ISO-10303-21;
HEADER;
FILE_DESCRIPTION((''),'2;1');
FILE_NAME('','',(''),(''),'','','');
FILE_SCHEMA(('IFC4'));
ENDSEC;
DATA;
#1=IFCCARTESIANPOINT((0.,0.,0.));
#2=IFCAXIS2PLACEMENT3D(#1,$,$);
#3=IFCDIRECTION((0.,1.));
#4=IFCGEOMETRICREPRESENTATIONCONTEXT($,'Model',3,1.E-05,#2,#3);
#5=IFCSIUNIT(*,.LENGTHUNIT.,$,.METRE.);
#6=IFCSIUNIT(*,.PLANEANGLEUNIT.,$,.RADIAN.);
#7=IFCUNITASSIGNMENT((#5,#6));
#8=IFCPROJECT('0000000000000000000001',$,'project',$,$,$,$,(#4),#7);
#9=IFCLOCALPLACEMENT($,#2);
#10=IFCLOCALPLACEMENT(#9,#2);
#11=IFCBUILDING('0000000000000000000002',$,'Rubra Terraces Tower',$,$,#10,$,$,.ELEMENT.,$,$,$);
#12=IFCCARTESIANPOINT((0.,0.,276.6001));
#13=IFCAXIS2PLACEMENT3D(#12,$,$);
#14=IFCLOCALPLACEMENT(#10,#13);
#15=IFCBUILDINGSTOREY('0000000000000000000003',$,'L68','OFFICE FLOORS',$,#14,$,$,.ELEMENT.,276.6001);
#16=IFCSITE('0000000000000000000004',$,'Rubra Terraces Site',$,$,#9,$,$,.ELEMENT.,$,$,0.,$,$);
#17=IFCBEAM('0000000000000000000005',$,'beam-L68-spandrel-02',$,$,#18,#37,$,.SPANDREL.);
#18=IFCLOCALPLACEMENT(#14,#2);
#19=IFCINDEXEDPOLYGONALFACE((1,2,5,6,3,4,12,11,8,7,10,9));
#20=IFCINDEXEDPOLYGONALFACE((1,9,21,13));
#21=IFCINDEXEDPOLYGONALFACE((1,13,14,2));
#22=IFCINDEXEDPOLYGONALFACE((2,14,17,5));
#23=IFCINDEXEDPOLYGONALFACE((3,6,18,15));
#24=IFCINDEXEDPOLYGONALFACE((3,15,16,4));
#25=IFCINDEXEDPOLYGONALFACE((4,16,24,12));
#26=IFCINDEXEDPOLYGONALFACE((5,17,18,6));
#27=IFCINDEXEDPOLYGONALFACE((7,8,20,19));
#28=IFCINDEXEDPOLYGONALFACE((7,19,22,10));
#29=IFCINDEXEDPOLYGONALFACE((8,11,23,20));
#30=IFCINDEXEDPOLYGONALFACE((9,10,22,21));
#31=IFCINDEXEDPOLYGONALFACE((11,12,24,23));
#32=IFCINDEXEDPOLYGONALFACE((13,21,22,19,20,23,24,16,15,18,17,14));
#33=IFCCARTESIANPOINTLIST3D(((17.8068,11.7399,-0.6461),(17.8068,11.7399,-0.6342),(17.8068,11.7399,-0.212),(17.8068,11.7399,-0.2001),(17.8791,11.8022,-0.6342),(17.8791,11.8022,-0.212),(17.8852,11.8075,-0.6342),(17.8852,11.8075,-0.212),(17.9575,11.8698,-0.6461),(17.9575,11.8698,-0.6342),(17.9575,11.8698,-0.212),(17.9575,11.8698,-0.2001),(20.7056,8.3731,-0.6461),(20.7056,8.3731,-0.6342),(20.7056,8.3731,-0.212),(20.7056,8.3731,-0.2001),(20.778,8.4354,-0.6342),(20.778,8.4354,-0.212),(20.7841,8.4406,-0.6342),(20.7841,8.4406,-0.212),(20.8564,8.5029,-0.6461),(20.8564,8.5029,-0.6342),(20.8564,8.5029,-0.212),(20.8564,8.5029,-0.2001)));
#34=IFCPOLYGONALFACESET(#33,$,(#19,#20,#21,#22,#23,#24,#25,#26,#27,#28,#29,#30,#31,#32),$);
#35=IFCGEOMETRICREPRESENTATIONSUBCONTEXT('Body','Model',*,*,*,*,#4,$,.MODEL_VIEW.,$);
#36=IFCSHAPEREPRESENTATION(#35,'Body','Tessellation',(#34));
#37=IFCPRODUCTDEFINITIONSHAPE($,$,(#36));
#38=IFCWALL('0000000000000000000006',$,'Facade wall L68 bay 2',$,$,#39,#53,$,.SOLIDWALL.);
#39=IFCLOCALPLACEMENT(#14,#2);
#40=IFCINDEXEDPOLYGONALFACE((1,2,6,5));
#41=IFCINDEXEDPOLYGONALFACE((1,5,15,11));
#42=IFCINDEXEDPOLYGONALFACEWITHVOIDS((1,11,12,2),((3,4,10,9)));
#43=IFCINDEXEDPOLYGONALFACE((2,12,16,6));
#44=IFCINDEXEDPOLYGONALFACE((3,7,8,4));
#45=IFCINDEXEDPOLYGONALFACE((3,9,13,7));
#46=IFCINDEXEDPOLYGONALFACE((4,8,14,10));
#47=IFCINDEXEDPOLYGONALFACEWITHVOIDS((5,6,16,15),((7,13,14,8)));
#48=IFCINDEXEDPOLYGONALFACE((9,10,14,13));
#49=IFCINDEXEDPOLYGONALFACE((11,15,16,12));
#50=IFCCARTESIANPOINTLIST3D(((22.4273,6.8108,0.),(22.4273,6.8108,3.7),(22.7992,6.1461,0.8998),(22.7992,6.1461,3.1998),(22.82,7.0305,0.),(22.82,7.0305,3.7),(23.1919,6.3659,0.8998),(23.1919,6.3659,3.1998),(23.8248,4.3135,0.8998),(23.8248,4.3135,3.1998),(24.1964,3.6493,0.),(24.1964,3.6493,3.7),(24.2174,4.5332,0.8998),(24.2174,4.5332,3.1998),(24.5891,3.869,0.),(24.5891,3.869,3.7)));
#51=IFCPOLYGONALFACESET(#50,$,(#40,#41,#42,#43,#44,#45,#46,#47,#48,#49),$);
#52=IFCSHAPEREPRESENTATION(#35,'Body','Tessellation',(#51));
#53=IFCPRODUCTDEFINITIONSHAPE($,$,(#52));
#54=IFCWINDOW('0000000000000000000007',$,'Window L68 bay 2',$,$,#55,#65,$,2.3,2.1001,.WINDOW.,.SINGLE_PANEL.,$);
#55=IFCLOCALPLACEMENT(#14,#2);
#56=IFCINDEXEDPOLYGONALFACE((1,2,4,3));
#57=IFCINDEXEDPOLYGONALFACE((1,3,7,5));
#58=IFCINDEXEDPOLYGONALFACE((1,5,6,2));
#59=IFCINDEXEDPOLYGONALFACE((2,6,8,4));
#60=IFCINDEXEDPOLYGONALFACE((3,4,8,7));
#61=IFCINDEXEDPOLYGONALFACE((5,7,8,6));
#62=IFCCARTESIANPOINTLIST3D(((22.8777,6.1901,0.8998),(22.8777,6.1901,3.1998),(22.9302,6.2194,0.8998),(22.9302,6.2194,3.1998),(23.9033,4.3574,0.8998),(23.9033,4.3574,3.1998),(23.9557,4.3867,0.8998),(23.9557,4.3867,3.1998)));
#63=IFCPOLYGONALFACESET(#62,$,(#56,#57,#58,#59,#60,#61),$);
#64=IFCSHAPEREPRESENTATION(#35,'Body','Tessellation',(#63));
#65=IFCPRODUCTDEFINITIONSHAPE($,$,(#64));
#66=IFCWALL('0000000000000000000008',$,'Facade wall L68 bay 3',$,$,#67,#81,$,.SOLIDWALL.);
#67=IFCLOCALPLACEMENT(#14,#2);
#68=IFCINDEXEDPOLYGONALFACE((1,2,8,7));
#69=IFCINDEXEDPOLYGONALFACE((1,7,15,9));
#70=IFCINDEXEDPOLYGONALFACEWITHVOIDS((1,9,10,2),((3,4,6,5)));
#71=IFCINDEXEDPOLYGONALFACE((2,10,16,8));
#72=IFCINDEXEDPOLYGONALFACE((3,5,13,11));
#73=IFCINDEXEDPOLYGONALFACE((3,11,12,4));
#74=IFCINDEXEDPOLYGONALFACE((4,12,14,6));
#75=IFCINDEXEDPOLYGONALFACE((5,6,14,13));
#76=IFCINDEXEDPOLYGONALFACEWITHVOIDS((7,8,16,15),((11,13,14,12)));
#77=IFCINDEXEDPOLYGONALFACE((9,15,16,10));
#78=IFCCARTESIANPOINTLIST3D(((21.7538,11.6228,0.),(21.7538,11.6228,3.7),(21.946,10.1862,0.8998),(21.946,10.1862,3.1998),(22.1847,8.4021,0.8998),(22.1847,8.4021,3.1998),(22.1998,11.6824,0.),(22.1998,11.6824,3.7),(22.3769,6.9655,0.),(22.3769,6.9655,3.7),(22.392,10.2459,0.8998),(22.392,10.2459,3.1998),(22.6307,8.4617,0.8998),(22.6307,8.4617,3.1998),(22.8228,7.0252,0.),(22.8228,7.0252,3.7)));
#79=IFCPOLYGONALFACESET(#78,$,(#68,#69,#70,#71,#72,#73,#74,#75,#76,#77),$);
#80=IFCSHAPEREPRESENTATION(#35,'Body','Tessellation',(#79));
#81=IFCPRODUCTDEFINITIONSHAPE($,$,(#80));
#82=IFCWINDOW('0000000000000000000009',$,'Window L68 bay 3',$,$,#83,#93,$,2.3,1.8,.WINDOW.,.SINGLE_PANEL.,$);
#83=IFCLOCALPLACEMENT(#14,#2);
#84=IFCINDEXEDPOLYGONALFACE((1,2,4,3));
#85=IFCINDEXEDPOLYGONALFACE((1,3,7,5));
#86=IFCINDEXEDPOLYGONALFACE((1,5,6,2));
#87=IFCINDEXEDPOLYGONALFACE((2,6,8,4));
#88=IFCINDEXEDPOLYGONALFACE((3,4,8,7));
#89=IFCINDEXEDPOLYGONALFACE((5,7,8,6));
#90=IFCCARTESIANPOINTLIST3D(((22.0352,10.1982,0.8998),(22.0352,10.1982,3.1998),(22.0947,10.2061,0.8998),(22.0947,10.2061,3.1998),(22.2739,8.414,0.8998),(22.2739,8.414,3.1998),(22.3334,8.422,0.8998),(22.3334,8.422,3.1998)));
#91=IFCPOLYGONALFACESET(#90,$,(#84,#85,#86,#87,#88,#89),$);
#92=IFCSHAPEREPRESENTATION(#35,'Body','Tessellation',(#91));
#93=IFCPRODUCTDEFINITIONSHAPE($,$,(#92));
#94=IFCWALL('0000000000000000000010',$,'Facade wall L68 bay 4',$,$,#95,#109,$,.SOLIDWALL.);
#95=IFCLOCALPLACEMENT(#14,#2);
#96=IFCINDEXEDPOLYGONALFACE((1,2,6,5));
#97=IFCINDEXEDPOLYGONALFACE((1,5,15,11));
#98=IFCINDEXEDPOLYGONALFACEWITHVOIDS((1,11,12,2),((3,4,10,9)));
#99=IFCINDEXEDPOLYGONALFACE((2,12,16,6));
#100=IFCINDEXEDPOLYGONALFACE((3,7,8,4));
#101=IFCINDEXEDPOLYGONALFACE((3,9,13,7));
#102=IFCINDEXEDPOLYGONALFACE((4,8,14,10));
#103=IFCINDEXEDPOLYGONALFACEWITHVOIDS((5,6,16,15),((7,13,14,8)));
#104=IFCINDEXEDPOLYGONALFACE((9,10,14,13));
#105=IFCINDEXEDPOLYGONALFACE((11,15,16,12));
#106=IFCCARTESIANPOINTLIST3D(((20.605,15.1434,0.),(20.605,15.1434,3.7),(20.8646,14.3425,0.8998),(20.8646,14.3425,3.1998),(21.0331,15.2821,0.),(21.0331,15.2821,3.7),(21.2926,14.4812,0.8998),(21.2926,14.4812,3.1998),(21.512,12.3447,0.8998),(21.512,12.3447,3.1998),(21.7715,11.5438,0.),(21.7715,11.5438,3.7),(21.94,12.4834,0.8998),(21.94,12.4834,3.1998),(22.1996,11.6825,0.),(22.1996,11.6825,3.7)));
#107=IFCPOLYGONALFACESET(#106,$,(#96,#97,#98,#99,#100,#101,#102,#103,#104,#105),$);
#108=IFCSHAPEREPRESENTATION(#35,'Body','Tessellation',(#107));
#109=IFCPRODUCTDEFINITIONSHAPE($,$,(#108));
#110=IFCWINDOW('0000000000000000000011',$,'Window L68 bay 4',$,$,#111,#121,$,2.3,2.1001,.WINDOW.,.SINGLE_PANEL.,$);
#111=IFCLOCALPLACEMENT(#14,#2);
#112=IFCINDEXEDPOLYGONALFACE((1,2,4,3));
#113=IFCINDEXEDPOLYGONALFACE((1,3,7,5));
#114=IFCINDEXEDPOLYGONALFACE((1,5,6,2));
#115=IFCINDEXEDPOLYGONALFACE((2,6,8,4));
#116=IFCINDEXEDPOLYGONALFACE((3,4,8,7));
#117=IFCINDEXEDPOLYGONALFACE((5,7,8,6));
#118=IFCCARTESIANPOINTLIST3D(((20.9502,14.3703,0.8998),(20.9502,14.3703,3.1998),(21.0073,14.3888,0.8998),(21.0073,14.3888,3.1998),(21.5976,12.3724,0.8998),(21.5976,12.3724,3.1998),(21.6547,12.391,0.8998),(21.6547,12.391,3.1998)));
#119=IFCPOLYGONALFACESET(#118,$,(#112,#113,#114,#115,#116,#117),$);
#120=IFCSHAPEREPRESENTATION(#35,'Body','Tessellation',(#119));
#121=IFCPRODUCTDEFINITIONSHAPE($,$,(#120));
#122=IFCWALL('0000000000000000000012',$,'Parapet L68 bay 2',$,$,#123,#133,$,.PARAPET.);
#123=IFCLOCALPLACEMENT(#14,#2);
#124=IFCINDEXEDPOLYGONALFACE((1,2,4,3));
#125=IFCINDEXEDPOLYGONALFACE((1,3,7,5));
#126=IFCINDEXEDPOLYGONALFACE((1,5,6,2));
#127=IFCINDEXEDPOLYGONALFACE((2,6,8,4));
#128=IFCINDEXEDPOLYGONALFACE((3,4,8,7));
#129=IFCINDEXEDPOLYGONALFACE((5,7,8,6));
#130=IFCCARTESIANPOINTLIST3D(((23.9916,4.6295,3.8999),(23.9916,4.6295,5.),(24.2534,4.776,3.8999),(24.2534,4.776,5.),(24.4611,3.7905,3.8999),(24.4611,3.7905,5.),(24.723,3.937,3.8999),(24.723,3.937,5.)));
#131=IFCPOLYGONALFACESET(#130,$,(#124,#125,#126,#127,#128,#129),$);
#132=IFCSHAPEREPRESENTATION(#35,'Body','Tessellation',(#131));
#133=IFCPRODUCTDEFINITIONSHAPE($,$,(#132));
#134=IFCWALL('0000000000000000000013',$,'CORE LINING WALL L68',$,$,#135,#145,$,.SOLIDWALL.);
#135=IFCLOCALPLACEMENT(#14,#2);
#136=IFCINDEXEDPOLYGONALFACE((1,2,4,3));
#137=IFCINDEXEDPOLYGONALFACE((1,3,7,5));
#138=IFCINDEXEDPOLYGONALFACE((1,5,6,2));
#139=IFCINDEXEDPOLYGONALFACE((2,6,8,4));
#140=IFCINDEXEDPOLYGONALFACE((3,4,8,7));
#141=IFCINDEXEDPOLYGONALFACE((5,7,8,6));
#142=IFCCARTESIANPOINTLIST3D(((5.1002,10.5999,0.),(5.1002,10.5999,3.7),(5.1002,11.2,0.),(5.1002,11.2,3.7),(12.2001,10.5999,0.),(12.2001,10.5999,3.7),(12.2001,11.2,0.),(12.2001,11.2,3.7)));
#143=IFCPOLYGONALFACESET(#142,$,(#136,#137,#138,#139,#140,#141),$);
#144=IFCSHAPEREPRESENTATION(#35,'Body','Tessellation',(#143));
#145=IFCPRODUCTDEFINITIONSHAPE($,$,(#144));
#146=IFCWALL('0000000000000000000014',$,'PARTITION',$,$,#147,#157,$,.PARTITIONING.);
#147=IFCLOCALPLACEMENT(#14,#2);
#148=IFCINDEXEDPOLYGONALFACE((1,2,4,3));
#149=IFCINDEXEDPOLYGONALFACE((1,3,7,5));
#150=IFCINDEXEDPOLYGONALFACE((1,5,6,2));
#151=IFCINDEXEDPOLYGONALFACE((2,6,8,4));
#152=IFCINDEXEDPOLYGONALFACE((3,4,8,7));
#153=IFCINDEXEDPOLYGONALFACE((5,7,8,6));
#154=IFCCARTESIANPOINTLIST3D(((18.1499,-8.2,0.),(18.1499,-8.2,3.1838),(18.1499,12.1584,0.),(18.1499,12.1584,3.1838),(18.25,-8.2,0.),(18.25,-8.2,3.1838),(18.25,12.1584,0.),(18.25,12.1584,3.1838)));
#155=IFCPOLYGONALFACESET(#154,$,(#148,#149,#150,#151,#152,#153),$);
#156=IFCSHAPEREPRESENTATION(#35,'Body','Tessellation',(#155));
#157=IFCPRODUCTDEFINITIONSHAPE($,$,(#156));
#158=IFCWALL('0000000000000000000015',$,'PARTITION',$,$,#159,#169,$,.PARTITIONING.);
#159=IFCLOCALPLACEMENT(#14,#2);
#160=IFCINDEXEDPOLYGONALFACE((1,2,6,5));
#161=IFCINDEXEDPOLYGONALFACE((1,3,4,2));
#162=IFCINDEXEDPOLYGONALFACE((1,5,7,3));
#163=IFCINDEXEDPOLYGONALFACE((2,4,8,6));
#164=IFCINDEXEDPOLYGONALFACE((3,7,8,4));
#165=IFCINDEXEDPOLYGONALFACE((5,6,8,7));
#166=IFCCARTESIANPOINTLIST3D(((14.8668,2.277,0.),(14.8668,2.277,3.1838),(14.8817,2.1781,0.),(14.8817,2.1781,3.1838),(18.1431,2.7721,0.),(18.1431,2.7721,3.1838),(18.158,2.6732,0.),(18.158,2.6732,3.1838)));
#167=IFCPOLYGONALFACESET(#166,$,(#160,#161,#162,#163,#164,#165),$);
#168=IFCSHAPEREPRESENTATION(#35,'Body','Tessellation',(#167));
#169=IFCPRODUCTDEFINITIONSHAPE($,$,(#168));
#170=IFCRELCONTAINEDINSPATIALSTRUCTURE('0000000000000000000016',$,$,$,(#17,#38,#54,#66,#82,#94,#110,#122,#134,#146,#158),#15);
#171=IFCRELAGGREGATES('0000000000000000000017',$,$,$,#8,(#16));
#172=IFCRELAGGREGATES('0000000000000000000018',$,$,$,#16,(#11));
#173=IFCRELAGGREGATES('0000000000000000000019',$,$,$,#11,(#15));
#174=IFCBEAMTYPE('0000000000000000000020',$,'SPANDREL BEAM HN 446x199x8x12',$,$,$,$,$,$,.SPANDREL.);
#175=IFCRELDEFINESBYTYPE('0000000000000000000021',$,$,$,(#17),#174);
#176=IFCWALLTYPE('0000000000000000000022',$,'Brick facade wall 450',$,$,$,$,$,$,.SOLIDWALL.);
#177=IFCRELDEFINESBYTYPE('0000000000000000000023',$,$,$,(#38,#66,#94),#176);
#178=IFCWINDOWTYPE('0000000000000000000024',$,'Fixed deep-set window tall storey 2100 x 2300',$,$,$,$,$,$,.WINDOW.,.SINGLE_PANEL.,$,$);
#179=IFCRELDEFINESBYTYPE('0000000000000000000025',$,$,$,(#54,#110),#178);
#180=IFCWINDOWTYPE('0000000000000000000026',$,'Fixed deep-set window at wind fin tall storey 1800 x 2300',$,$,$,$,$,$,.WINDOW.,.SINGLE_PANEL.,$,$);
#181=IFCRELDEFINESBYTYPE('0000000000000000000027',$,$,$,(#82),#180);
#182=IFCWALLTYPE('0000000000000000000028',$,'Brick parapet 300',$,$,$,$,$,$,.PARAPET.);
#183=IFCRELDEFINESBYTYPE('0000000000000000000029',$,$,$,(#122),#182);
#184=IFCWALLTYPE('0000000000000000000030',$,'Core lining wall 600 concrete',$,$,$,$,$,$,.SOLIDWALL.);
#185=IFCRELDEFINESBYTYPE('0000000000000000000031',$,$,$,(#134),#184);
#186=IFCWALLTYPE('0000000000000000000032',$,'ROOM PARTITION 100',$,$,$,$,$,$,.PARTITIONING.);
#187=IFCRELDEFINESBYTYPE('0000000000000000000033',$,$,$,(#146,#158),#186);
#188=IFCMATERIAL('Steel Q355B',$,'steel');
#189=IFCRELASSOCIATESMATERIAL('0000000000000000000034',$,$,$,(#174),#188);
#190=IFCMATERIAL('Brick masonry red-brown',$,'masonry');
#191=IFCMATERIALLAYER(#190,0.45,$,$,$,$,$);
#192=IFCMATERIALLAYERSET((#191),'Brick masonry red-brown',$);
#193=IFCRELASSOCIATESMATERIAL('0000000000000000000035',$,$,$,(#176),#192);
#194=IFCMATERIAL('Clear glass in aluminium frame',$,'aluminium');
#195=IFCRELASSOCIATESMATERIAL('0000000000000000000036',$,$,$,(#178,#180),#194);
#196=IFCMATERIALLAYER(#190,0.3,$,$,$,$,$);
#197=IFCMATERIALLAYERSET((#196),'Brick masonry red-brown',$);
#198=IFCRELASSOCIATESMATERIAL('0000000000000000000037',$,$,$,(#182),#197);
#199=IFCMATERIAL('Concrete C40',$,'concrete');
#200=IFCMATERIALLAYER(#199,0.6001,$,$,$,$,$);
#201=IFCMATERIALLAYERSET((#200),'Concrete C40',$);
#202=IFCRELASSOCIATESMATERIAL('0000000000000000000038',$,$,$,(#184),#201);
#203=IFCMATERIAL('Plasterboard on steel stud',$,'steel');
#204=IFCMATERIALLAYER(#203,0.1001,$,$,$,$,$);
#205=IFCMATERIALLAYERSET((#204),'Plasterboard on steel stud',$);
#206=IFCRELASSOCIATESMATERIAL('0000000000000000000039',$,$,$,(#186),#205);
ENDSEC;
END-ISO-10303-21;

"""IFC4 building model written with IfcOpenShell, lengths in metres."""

from ifc_helpers import new_model, si_unit, direction, frame, frame_2d, origin, origin_2d, place, context, subcontext, project, spatial, rectangle, i_section, extrude, material, layer, layer_set, material_profile, profile_set, type_object, element, fill, save


model = new_model("IFC4")

# Units and contexts
model_context = context("Model", 3, precision=1e-05, world=origin(), true_north=direction((0.0, 1.0)))
body_context = subcontext(model_context, "Body", "Model", "MODEL_VIEW")
ifc_project = project(units=[si_unit("LENGTHUNIT", "METRE"), si_unit("PLANEANGLEUNIT", "RADIAN")], contexts=[model_context])

# Site, building, storey
site_placement = place(None, origin())
site = spatial("IfcSite", under=ifc_project, at=site_placement, Name="Rubra Terraces Site", CompositionType="ELEMENT", RefElevation=0.0)
building_placement = place(site_placement, origin())
building = spatial("IfcBuilding", under=site, at=building_placement, Name="Rubra Terraces Tower", CompositionType="ELEMENT")
storey_placement = place(building_placement, frame((0.0, 0.0, 276.6001)))
storey = spatial("IfcBuildingStorey", under=building, at=storey_placement, Name="L68", Description="OFFICE FLOORS", CompositionType="ELEMENT", Elevation=276.6001)

# Beam
ifc_material_1 = material(Name="Steel Q355B", Category="steel")
ifc_material_profile_1 = material_profile(ifc_material_1, i_section(OverallWidth=0.199, OverallDepth=0.446, WebThickness=0.0081, FlangeThickness=0.012, at=origin_2d()), Name="HN 446x199x8x12")
ifc_profile_set_1 = profile_set([ifc_material_profile_1], Name="Steel Q355B")
beam_type_1 = type_object("IfcBeamType", Name="SPANDREL BEAM HN 446x199x8x12", PredefinedType="SPANDREL", material=ifc_profile_set_1)
beam_1_placement = place(storey_placement, frame((20.781, 8.438, -0.4231), z_axis=(-0.652473, 0.757812, 0.0), x_axis=(-0.757812, -0.652473, 0.0)))
element("IfcBeam", 1, at=beam_1_placement, inside=storey, type_object=beam_type_1, Name="beam-L68-spandrel-02", PredefinedType="SPANDREL", context=body_context, shape_type="SweptSolid", body=[
    extrude(i_section(OverallWidth=0.199, OverallDepth=0.446, WebThickness=0.0081, FlangeThickness=0.012, at=origin_2d()), origin(), (0.0, 0.0, 1.0), 4.4429),
])

# Walls, openings, windows
ifc_material_2 = material(Name="Brick masonry red-brown", Category="masonry")
ifc_layer_1 = layer(ifc_material_2, 0.45)
ifc_layer_set_1 = layer_set([ifc_layer_1], Name="Brick masonry red-brown")
wall_type_1 = type_object("IfcWallType", Name="Brick facade wall 450", PredefinedType="SOLIDWALL", material=ifc_layer_set_1)
wall_1_placement = place(storey_placement, frame((24.3928, 3.759, 0.0), z_axis=(0.0, 0.0, 1.0), x_axis=(-0.488324, 0.872662, 0.0)))
wall_1 = element("IfcWall", 2, at=wall_1_placement, inside=storey, type_object=wall_type_1, Name="Facade wall L68 bay 2", PredefinedType="SOLIDWALL", context=body_context, shape_type="SweptSolid", body=[
    extrude(rectangle(XDim=3.6228, YDim=0.45, at=frame_2d((1.8115, 0.0))), origin(), (0.0, 0.0, 1.0), 3.7),
])
opening_1_placement = place(wall_1_placement, frame((0.7612, 0.0, 0.8999)))
opening_1 = element("IfcOpeningElement", 3, at=opening_1_placement, cuts=wall_1, PredefinedType="OPENING", context=body_context, shape_type="SweptSolid", body=[
    extrude(rectangle(XDim=2.1001, YDim=2.3, at=frame_2d((1.05, 1.1499))), frame((0.0, 0.2349, 0.0), z_axis=(0.0, -1.0, 0.0), x_axis=(1.0, 0.0, 0.0)), (0.0, 0.0, 1.0), 0.47),
])
ifc_material_3 = material(Name="Clear glass in aluminium frame", Category="aluminium")
window_type_1 = type_object("IfcWindowType", Name="Fixed deep-set window tall storey 2100 x 2300", PartitioningType="SINGLE_PANEL", PredefinedType="WINDOW", material=ifc_material_3)
window_1_placement = place(opening_1_placement, origin())
window_1 = element("IfcWindow", 4, at=window_1_placement, inside=storey, type_object=window_type_1, Name="Window L68 bay 2", OverallHeight=2.3, OverallWidth=2.1001, PartitioningType="SINGLE_PANEL", PredefinedType="WINDOW", context=body_context, shape_type="SweptSolid", body=[
    extrude(rectangle(XDim=2.1001, YDim=2.3, at=frame_2d((1.05, 1.1499))), frame((0.0, 0.135, 0.0), z_axis=(0.0, -1.0, 0.0), x_axis=(1.0, 0.0, 0.0)), (0.0, 0.0, 1.0), 0.0601),
])
fill(opening_1, window_1)
wall_2_placement = place(storey_placement, frame((22.5999, 6.9954, 0.0), z_axis=(0.0, 0.0, 1.0), x_axis=(-0.132599, 0.99117, 0.0)))
wall_2 = element("IfcWall", 5, at=wall_2_placement, inside=storey, type_object=wall_type_1, Name="Facade wall L68 bay 3", PredefinedType="SOLIDWALL", context=body_context, shape_type="SweptSolid", body=[
    extrude(rectangle(XDim=4.6987, YDim=0.45, at=frame_2d((2.3494, 0.0))), origin(), (0.0, 0.0, 1.0), 3.7),
])
opening_2_placement = place(wall_2_placement, frame((1.4495, 0.0, 0.8999)))
opening_2 = element("IfcOpeningElement", 6, at=opening_2_placement, cuts=wall_2, PredefinedType="OPENING", context=body_context, shape_type="SweptSolid", body=[
    extrude(rectangle(XDim=1.8, YDim=2.3, at=frame_2d((0.8999, 1.1499))), frame((0.0, 0.2349, 0.0), z_axis=(0.0, -1.0, 0.0), x_axis=(1.0, 0.0, 0.0)), (0.0, 0.0, 1.0), 0.47),
])
window_type_2 = type_object("IfcWindowType", Name="Fixed deep-set window at wind fin tall storey 1800 x 2300", PartitioningType="SINGLE_PANEL", PredefinedType="WINDOW", material=ifc_material_3)
window_2_placement = place(opening_2_placement, origin())
window_2 = element("IfcWindow", 7, at=window_2_placement, inside=storey, type_object=window_type_2, Name="Window L68 bay 3", OverallHeight=2.3, OverallWidth=1.8, PartitioningType="SINGLE_PANEL", PredefinedType="WINDOW", context=body_context, shape_type="SweptSolid", body=[
    extrude(rectangle(XDim=1.8, YDim=2.3, at=frame_2d((0.8999, 1.1499))), frame((0.0, 0.135, 0.0), z_axis=(0.0, -1.0, 0.0), x_axis=(1.0, 0.0, 0.0)), (0.0, 0.0, 1.0), 0.0601),
])
fill(opening_2, window_2)
wall_3_placement = place(storey_placement, frame((21.9856, 11.613, 0.0), z_axis=(0.0, 0.0, 1.0), x_axis=(-0.308281, 0.951295, 0.0)))
wall_3 = element("IfcWall", 8, at=wall_3_placement, inside=storey, type_object=wall_type_1, Name="Facade wall L68 bay 4", PredefinedType="SOLIDWALL", context=body_context, shape_type="SweptSolid", body=[
    extrude(rectangle(XDim=3.7839, YDim=0.45, at=frame_2d((1.8921, 0.0))), origin(), (0.0, 0.0, 1.0), 3.7),
])
opening_3_placement = place(wall_3_placement, frame((0.842, 0.0, 0.8999)))
opening_3 = element("IfcOpeningElement", 9, at=opening_3_placement, cuts=wall_3, PredefinedType="OPENING", context=body_context, shape_type="SweptSolid", body=[
    extrude(rectangle(XDim=2.1001, YDim=2.3, at=frame_2d((1.05, 1.1499))), frame((0.0, 0.2349, 0.0), z_axis=(0.0, -1.0, 0.0), x_axis=(1.0, 0.0, 0.0)), (0.0, 0.0, 1.0), 0.47),
])
window_3_placement = place(opening_3_placement, origin())
window_3 = element("IfcWindow", 10, at=window_3_placement, inside=storey, type_object=window_type_1, Name="Window L68 bay 4", OverallHeight=2.3, OverallWidth=2.1001, PartitioningType="SINGLE_PANEL", PredefinedType="WINDOW", context=body_context, shape_type="SweptSolid", body=[
    extrude(rectangle(XDim=2.1001, YDim=2.3, at=frame_2d((1.05, 1.1499))), frame((0.0, 0.135, 0.0), z_axis=(0.0, -1.0, 0.0), x_axis=(1.0, 0.0, 0.0)), (0.0, 0.0, 1.0), 0.0601),
])
fill(opening_3, window_3)

# Walls
ifc_layer_2 = layer(ifc_material_2, 0.3)
ifc_layer_set_2 = layer_set([ifc_layer_2], Name="Brick masonry red-brown")
wall_type_2 = type_object("IfcWallType", Name="Brick parapet 300", PredefinedType="PARAPET", material=ifc_layer_set_2)
wall_4_placement = place(storey_placement, frame((24.592, 3.8638, 3.8999), z_axis=(0.0, 0.0, 1.0), x_axis=(-0.488379, 0.872632, 0.0)))
element("IfcWall", 11, at=wall_4_placement, inside=storey, type_object=wall_type_2, Name="Parapet L68 bay 2", PredefinedType="PARAPET", context=body_context, shape_type="SweptSolid", body=[
    extrude(rectangle(XDim=0.9614, YDim=0.3, at=frame_2d((0.4807, 0.0))), origin(), (0.0, 0.0, 1.0), 1.1001),
])
ifc_material_4 = material(Name="Concrete C40", Category="concrete")
ifc_layer_3 = layer(ifc_material_4, 0.6001)
ifc_layer_set_3 = layer_set([ifc_layer_3], Name="Concrete C40")
wall_type_3 = type_object("IfcWallType", Name="Core lining wall 600 concrete", PredefinedType="SOLIDWALL", material=ifc_layer_set_3)
wall_5_placement = place(storey_placement, frame((12.2, 10.8999, 0.0), z_axis=(0.0, 0.0, 1.0), x_axis=(-1.0, 0.0, 0.0)))
element("IfcWall", 12, at=wall_5_placement, inside=storey, type_object=wall_type_3, Name="CORE LINING WALL L68", PredefinedType="SOLIDWALL", context=body_context, shape_type="SweptSolid", body=[
    extrude(rectangle(XDim=7.0999, YDim=0.6001, at=frame_2d((3.5498, 0.0))), origin(), (0.0, 0.0, 1.0), 3.7),
])
ifc_material_5 = material(Name="Plasterboard on steel stud", Category="steel")
ifc_layer_4 = layer(ifc_material_5, 0.1001)
ifc_layer_set_4 = layer_set([ifc_layer_4], Name="Plasterboard on steel stud")
wall_type_4 = type_object("IfcWallType", Name="ROOM PARTITION 100", PredefinedType="PARTITIONING", material=ifc_layer_set_4)
wall_6_placement = place(storey_placement, frame((18.2, 12.1584, 0.0), z_axis=(0.0, 0.0, 1.0), x_axis=(0.0, -1.0, 0.0)))
element("IfcWall", 13, at=wall_6_placement, inside=storey, type_object=wall_type_4, Name="PARTITION", PredefinedType="PARTITIONING", context=body_context, shape_type="SweptSolid", body=[
    extrude(rectangle(XDim=20.3584, YDim=0.1001, at=frame_2d((10.1792, 0.0))), origin(), (0.0, 0.0, 1.0), 3.1838),
])
wall_7_placement = place(storey_placement, frame((14.8743, 2.2275, 0.0), z_axis=(0.0, 0.0, 1.0), x_axis=(0.988774, 0.149421, 0.0)))
element("IfcWall", 14, at=wall_7_placement, inside=storey, type_object=wall_type_4, Name="PARTITION", PredefinedType="PARTITIONING", context=body_context, shape_type="SweptSolid", body=[
    extrude(rectangle(XDim=3.3135, YDim=0.1001, at=frame_2d((1.6567, 0.0))), origin(), (0.0, 0.0, 1.0), 3.1838),
])

save(model, "model.ifc")
